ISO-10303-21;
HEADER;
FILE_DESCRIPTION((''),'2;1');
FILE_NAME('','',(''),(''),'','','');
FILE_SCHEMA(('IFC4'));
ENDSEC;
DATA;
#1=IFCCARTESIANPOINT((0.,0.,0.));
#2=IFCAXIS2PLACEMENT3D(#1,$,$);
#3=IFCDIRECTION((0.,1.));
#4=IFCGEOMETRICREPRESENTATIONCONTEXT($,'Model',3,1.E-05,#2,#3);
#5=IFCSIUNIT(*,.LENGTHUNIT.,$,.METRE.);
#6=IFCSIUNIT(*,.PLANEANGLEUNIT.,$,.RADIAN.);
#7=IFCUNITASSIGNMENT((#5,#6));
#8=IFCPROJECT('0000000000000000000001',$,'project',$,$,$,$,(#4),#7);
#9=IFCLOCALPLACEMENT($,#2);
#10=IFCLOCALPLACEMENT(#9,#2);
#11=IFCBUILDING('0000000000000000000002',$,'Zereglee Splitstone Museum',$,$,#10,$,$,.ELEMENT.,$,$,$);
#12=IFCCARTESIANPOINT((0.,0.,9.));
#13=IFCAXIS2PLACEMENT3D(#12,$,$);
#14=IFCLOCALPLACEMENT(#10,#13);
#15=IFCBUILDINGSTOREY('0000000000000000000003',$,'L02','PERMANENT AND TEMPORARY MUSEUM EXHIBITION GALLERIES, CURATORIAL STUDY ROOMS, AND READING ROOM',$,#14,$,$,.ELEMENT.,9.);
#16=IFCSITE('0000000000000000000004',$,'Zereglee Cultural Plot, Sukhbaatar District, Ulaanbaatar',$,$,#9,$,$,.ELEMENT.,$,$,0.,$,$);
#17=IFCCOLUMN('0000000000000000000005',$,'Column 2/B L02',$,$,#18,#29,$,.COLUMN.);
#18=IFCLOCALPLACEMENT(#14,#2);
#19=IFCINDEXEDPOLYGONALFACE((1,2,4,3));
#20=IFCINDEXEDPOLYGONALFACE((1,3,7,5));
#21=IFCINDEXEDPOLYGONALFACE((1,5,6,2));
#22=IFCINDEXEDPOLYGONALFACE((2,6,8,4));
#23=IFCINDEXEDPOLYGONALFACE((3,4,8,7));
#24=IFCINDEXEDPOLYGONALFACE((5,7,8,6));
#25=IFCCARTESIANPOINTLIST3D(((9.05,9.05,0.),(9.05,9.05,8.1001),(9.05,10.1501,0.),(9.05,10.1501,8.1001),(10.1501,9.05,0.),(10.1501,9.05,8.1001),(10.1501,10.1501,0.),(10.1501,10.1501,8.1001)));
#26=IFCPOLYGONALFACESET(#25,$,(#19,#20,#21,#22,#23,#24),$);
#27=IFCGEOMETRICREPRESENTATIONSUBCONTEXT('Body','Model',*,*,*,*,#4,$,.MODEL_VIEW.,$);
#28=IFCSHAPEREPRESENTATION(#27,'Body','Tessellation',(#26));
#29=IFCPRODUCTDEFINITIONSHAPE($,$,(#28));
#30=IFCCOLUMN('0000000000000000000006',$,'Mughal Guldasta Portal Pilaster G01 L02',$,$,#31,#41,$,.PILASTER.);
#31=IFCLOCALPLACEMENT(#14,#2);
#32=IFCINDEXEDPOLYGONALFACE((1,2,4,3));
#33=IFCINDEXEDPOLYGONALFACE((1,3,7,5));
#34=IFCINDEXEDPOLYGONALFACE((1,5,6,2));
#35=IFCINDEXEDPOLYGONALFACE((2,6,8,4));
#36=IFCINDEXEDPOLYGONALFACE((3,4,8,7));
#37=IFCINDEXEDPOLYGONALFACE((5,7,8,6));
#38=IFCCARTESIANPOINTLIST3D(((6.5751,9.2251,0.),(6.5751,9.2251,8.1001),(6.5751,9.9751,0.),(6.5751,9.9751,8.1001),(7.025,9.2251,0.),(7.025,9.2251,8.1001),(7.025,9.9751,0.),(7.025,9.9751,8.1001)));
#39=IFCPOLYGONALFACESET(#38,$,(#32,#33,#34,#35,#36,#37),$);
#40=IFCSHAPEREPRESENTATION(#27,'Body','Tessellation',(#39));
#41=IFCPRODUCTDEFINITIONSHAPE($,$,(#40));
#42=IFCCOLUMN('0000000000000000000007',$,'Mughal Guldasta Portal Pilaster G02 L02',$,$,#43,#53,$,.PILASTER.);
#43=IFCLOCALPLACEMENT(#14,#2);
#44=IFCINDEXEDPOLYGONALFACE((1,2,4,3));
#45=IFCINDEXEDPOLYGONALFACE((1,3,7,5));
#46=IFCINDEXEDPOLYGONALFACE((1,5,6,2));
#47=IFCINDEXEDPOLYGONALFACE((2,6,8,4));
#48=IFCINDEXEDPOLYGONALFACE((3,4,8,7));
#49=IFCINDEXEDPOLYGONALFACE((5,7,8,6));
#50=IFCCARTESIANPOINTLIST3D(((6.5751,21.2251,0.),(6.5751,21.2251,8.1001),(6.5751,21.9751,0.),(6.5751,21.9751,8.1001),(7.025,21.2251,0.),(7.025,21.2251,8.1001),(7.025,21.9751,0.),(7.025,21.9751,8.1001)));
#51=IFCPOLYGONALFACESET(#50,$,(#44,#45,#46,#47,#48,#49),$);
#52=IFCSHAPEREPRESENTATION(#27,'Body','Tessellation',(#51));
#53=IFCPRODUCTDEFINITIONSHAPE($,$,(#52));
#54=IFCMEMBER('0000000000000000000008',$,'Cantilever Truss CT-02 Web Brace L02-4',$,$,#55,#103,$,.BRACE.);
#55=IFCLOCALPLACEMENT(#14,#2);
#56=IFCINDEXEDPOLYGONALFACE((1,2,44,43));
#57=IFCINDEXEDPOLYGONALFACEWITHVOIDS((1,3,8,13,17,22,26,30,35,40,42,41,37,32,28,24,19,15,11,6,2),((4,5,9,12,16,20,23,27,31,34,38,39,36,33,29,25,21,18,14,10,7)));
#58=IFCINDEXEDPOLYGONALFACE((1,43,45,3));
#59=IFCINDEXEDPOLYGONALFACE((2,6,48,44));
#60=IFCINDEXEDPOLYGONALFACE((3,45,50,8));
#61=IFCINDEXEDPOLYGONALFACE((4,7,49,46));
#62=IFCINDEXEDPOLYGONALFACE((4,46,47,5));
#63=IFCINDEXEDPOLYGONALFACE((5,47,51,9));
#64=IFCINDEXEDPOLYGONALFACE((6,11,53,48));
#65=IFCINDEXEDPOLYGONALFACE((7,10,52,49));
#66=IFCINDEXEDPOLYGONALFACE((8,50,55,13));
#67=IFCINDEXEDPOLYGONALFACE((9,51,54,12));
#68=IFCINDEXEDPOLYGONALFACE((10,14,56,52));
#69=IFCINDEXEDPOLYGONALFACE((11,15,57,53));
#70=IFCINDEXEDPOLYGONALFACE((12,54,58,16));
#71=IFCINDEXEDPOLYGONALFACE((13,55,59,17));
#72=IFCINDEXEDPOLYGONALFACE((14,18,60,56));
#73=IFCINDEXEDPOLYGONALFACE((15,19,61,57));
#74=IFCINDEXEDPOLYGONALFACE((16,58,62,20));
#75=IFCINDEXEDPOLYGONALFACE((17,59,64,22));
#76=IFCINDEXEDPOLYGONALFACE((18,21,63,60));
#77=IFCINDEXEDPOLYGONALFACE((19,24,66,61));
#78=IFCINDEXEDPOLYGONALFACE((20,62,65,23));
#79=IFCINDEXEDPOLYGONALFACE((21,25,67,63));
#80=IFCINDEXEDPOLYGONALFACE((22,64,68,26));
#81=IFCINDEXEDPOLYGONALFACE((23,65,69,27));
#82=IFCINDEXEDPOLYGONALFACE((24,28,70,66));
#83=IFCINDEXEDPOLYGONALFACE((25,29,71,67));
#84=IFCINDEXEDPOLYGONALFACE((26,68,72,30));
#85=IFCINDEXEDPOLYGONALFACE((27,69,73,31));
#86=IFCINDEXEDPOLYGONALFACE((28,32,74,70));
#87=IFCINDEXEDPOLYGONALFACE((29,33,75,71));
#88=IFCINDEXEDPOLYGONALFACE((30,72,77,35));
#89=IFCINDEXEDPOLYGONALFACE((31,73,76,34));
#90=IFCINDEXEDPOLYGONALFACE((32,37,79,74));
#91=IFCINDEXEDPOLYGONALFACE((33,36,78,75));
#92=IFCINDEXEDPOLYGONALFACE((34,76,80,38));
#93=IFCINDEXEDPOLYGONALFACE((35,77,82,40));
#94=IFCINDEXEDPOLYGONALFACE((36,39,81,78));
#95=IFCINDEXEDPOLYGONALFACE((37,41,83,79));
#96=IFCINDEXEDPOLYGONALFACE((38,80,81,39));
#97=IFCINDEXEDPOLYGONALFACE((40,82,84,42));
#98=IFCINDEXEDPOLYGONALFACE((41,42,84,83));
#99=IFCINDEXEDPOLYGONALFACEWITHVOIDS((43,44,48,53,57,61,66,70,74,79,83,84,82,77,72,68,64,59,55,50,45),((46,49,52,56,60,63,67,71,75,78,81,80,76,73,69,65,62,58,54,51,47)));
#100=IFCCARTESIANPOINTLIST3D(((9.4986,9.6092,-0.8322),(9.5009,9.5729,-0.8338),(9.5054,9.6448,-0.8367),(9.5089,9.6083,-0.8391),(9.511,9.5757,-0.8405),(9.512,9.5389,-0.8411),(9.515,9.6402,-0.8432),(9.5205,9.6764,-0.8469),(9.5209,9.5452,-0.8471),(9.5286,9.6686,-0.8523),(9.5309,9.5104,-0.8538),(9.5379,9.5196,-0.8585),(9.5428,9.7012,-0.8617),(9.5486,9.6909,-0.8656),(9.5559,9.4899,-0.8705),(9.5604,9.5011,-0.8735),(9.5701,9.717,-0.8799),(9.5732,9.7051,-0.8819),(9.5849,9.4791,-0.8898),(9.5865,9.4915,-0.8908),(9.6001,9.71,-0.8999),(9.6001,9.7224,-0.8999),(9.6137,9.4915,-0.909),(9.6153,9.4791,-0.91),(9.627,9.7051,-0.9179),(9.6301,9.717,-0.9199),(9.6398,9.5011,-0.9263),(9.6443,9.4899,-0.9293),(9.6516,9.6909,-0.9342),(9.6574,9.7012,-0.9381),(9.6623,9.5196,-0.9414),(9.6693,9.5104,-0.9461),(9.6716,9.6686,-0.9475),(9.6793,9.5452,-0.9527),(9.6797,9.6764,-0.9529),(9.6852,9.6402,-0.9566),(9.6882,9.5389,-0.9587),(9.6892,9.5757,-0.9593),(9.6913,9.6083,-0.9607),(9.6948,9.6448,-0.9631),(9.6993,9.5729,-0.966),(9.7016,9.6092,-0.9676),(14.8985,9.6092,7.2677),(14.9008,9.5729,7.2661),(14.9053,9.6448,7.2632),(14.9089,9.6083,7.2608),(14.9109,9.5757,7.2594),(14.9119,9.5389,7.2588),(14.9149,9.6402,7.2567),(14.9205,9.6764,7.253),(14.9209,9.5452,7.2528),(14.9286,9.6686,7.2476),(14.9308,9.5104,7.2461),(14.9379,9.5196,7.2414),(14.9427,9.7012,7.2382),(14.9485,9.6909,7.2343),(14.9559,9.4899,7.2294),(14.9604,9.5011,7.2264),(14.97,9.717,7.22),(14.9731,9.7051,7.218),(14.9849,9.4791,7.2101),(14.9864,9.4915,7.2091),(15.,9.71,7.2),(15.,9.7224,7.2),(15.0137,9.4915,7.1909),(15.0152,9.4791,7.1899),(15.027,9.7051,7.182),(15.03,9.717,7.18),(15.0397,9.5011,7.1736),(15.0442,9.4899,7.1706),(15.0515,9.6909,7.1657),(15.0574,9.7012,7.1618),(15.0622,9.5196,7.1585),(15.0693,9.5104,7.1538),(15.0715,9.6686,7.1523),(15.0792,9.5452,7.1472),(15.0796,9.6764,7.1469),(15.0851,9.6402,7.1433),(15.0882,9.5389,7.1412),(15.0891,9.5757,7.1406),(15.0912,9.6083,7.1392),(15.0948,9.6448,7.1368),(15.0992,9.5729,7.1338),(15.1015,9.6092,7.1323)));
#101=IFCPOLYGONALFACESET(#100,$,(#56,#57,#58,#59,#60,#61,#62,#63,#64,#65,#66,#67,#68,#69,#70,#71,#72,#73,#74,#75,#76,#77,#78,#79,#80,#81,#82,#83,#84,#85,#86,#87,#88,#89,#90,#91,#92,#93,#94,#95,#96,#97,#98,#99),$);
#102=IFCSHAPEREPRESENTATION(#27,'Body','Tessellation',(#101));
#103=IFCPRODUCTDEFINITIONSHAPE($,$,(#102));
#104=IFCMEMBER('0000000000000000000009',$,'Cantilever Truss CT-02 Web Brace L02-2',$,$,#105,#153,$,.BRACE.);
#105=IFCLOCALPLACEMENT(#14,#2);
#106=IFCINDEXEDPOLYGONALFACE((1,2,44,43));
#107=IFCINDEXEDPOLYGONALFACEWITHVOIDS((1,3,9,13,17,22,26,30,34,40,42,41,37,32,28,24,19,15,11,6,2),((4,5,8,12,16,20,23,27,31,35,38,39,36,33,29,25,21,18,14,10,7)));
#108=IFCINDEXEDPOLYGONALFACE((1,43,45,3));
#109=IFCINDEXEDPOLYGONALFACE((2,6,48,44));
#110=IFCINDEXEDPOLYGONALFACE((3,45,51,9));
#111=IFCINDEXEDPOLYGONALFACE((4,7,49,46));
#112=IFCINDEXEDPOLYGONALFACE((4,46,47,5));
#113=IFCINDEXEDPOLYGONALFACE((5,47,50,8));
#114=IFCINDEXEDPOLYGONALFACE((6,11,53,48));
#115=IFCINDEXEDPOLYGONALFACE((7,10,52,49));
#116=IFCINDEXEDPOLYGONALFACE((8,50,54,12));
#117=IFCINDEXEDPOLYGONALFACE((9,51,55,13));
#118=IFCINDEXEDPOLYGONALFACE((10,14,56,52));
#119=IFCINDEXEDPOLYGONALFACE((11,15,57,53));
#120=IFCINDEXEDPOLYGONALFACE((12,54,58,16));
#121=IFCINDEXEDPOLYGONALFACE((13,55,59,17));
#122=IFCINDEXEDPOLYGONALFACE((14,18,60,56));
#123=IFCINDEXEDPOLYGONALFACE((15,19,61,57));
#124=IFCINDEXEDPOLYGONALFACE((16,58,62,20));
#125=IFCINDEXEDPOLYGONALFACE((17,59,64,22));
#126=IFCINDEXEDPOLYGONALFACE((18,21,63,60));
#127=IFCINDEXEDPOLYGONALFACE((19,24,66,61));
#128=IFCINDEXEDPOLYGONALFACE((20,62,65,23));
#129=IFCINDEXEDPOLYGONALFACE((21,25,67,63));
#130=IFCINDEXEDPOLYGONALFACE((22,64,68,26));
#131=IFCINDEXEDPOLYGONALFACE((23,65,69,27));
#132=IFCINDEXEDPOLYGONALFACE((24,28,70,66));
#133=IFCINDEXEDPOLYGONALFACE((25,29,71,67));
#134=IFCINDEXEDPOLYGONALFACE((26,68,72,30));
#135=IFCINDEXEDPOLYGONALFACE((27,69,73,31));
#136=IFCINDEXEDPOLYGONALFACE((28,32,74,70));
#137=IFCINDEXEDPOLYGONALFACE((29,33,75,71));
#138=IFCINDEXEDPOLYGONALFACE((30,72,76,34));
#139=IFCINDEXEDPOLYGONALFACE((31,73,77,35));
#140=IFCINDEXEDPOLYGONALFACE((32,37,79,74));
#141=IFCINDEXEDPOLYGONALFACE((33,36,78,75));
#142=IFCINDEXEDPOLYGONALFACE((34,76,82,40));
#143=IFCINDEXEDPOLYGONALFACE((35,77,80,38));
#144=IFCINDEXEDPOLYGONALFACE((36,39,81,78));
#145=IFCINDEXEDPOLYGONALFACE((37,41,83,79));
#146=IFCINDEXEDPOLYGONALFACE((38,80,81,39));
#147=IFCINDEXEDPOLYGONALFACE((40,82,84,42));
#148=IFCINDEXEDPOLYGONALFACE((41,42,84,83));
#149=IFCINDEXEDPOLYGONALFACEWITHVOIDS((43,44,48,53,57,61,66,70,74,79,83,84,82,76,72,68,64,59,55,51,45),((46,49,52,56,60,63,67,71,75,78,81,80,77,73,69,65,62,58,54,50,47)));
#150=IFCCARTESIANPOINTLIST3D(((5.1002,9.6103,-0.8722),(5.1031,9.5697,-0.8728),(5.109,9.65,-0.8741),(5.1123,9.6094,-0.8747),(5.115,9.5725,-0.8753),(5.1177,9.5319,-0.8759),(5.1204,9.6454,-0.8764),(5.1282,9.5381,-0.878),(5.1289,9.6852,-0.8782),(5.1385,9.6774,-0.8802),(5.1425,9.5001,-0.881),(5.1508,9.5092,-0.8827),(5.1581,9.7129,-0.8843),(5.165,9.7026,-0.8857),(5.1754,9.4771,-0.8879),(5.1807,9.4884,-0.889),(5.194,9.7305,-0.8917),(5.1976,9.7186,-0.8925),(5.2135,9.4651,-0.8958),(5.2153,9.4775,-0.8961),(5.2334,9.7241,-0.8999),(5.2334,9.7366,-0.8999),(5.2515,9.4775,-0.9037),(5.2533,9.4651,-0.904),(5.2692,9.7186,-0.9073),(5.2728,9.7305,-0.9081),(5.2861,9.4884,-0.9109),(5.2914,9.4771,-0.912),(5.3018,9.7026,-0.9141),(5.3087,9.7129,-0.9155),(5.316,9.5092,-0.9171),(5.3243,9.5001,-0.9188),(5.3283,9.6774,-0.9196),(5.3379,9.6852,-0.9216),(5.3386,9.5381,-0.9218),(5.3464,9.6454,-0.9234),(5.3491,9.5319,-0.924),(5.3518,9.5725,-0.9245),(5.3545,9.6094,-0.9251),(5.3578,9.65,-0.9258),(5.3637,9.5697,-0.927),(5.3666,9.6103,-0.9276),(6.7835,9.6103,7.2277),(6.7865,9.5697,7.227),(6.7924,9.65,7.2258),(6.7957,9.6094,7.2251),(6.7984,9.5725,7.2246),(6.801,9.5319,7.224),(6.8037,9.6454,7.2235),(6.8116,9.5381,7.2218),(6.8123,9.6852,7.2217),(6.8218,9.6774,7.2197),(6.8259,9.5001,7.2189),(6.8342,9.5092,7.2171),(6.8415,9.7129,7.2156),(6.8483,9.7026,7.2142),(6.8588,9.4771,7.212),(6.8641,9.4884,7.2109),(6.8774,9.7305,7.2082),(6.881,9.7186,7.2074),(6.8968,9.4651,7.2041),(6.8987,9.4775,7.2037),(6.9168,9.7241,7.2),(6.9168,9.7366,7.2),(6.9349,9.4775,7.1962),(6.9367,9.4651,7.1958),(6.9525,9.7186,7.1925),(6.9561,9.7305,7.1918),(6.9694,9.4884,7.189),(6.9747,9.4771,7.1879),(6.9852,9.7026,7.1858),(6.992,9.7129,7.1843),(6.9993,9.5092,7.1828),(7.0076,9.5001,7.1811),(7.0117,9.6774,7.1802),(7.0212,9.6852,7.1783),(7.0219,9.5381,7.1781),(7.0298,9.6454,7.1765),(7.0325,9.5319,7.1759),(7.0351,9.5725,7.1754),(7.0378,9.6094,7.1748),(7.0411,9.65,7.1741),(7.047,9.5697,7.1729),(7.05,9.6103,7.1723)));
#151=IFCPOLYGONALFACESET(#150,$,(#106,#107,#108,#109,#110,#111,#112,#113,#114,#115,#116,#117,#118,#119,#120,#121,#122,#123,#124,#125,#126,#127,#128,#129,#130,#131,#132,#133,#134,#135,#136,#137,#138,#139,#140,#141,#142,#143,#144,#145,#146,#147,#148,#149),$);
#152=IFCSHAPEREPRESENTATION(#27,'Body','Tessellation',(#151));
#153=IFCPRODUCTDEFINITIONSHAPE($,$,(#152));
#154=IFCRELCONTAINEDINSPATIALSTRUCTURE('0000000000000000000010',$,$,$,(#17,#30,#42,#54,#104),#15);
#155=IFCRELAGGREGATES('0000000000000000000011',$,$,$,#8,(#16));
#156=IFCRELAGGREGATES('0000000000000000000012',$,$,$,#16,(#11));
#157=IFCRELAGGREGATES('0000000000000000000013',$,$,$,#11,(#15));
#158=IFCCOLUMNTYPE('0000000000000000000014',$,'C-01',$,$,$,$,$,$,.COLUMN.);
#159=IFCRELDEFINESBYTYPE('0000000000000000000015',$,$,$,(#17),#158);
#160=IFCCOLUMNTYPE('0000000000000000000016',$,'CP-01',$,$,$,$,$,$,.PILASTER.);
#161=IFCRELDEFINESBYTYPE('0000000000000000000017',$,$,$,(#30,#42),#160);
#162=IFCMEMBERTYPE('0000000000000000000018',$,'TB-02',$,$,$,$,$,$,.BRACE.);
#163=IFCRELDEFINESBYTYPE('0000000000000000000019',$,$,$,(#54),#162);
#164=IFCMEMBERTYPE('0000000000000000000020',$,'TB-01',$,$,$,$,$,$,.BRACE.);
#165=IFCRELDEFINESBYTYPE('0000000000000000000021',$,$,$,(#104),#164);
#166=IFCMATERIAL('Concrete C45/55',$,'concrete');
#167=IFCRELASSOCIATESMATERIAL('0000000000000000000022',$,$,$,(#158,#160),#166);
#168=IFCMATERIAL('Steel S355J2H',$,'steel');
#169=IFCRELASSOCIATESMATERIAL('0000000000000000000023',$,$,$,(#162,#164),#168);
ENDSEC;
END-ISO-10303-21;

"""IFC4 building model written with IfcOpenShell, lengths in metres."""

from ifc_helpers import new_model, si_unit, direction, frame, origin, origin_2d, place, context, subcontext, project, spatial, rectangle, hollow_circle, extrude, material, material_profile, profile_set, type_object, element, save


model = new_model("IFC4")

# Units and contexts
model_context = context("Model", 3, precision=1e-05, world=origin(), true_north=direction((0.0, 1.0)))
body_context = subcontext(model_context, "Body", "Model", "MODEL_VIEW")
ifc_project = project(units=[si_unit("LENGTHUNIT", "METRE"), si_unit("PLANEANGLEUNIT", "RADIAN")], contexts=[model_context])

# Site, building, storey
site_placement = place(None, origin())
site = spatial("IfcSite", under=ifc_project, at=site_placement, Name="Zereglee Cultural Plot, Sukhbaatar District, Ulaanbaatar", CompositionType="ELEMENT", RefElevation=0.0)
building_placement = place(site_placement, origin())
building = spatial("IfcBuilding", under=site, at=building_placement, Name="Zereglee Splitstone Museum", CompositionType="ELEMENT")
storey_placement = place(building_placement, frame((0.0, 0.0, 9.0)))
storey = spatial("IfcBuildingStorey", under=building, at=storey_placement, Name="L02", Description="PERMANENT AND TEMPORARY MUSEUM EXHIBITION GALLERIES, CURATORIAL STUDY ROOMS, AND READING ROOM", CompositionType="ELEMENT", Elevation=9.0)

# Columns
ifc_material_1 = material(Name="Concrete C45/55", Category="concrete")
ifc_material_profile_1 = material_profile(ifc_material_1, rectangle(XDim=1.1001, YDim=1.1001, at=origin_2d()), Name="RC 1100x1100")
ifc_profile_set_1 = profile_set([ifc_material_profile_1], Name="Concrete C45/55")
column_type_1 = type_object("IfcColumnType", Name="C-01", PredefinedType="COLUMN", material=ifc_profile_set_1)
column_placement = place(storey_placement, frame((9.6001, 9.6001, 0.0), z_axis=(0.0, 0.0, 1.0), x_axis=(1.0, 0.0, 0.0)))
element("IfcColumn", 1, at=column_placement, inside=storey, type_object=column_type_1, Name="Column 2/B L02", PredefinedType="COLUMN", context=body_context, shape_type="SweptSolid", body=[
    extrude(rectangle(XDim=1.1001, YDim=1.1001, at=origin_2d()), origin(), (0.0, 0.0, 1.0), 8.1001),
])
ifc_material_profile_2 = material_profile(ifc_material_1, rectangle(XDim=0.45, YDim=0.75, at=origin_2d()), Name="RC 450x750")
ifc_profile_set_2 = profile_set([ifc_material_profile_2], Name="Concrete C45/55")
column_type_2 = type_object("IfcColumnType", Name="CP-01", PredefinedType="PILASTER", material=ifc_profile_set_2)
for number, where, z_axis, x_axis, name in (
    (2, (6.8, 9.6001, 0.0), (0.0, 0.0, 1.0), (1.0, 0.0, 0.0), "Mughal Guldasta Portal Pilaster G01 L02"),
    (3, (6.8, 21.6001, 0.0), (0.0, 0.0, 1.0), (1.0, 0.0, 0.0), "Mughal Guldasta Portal Pilaster G02 L02"),
):
    element("IfcColumn", number, at=place(storey_placement, frame(where, z_axis=z_axis, x_axis=x_axis)), inside=storey, type_object=column_type_2, Name=name, PredefinedType="PILASTER", context=body_context, shape_type="SweptSolid", body=[
        extrude(rectangle(XDim=0.45, YDim=0.75, at=origin_2d()), origin(), (0.0, 0.0, 1.0), 8.1001),
    ])

# Members
ifc_material_2 = material(Name="Steel S355J2H", Category="steel")
ifc_material_profile_3 = material_profile(ifc_material_2, hollow_circle(Radius=0.1223, WallThickness=0.0125, at=origin_2d()), Name="CHS 244.5x12.5")
ifc_profile_set_3 = profile_set([ifc_material_profile_3], Name="Steel S355J2H")
member_type_1 = type_object("IfcMemberType", Name="TB-02", PredefinedType="BRACE", material=ifc_profile_set_3)
member_1_placement = place(storey_placement, frame((9.6001, 9.6001, -0.8999), z_axis=(0.5547, 0.0, 0.83205), x_axis=(0.0, 1.0, 0.0)))
element("IfcMember", 4, at=member_1_placement, inside=storey, type_object=member_type_1, Name="Cantilever Truss CT-02 Web Brace L02-4", PredefinedType="BRACE", context=body_context, shape_type="SweptSolid", body=[
    extrude(hollow_circle(Radius=0.1223, WallThickness=0.0125, at=origin_2d()), origin(), (0.0, 0.0, 1.0), 9.7349),
])
ifc_material_profile_4 = material_profile(ifc_material_2, hollow_circle(Radius=0.1365, WallThickness=0.0125, at=origin_2d()), Name="CHS 273.0x12.5")
ifc_profile_set_4 = profile_set([ifc_material_profile_4], Name="Steel S355J2H")
member_type_2 = type_object("IfcMemberType", Name="TB-01", PredefinedType="BRACE", material=ifc_profile_set_4)
member_2_placement = place(storey_placement, frame((5.2334, 9.6001, -0.8999), z_axis=(0.203477, 0.0, 0.97908), x_axis=(0.0, 1.0, 0.0)))
element("IfcMember", 5, at=member_2_placement, inside=storey, type_object=member_type_2, Name="Cantilever Truss CT-02 Web Brace L02-2", PredefinedType="BRACE", context=body_context, shape_type="SweptSolid", body=[
    extrude(hollow_circle(Radius=0.1365, WallThickness=0.0125, at=origin_2d()), origin(), (0.0, 0.0, 1.0), 8.2729),
])

save(model, "model.ifc")
